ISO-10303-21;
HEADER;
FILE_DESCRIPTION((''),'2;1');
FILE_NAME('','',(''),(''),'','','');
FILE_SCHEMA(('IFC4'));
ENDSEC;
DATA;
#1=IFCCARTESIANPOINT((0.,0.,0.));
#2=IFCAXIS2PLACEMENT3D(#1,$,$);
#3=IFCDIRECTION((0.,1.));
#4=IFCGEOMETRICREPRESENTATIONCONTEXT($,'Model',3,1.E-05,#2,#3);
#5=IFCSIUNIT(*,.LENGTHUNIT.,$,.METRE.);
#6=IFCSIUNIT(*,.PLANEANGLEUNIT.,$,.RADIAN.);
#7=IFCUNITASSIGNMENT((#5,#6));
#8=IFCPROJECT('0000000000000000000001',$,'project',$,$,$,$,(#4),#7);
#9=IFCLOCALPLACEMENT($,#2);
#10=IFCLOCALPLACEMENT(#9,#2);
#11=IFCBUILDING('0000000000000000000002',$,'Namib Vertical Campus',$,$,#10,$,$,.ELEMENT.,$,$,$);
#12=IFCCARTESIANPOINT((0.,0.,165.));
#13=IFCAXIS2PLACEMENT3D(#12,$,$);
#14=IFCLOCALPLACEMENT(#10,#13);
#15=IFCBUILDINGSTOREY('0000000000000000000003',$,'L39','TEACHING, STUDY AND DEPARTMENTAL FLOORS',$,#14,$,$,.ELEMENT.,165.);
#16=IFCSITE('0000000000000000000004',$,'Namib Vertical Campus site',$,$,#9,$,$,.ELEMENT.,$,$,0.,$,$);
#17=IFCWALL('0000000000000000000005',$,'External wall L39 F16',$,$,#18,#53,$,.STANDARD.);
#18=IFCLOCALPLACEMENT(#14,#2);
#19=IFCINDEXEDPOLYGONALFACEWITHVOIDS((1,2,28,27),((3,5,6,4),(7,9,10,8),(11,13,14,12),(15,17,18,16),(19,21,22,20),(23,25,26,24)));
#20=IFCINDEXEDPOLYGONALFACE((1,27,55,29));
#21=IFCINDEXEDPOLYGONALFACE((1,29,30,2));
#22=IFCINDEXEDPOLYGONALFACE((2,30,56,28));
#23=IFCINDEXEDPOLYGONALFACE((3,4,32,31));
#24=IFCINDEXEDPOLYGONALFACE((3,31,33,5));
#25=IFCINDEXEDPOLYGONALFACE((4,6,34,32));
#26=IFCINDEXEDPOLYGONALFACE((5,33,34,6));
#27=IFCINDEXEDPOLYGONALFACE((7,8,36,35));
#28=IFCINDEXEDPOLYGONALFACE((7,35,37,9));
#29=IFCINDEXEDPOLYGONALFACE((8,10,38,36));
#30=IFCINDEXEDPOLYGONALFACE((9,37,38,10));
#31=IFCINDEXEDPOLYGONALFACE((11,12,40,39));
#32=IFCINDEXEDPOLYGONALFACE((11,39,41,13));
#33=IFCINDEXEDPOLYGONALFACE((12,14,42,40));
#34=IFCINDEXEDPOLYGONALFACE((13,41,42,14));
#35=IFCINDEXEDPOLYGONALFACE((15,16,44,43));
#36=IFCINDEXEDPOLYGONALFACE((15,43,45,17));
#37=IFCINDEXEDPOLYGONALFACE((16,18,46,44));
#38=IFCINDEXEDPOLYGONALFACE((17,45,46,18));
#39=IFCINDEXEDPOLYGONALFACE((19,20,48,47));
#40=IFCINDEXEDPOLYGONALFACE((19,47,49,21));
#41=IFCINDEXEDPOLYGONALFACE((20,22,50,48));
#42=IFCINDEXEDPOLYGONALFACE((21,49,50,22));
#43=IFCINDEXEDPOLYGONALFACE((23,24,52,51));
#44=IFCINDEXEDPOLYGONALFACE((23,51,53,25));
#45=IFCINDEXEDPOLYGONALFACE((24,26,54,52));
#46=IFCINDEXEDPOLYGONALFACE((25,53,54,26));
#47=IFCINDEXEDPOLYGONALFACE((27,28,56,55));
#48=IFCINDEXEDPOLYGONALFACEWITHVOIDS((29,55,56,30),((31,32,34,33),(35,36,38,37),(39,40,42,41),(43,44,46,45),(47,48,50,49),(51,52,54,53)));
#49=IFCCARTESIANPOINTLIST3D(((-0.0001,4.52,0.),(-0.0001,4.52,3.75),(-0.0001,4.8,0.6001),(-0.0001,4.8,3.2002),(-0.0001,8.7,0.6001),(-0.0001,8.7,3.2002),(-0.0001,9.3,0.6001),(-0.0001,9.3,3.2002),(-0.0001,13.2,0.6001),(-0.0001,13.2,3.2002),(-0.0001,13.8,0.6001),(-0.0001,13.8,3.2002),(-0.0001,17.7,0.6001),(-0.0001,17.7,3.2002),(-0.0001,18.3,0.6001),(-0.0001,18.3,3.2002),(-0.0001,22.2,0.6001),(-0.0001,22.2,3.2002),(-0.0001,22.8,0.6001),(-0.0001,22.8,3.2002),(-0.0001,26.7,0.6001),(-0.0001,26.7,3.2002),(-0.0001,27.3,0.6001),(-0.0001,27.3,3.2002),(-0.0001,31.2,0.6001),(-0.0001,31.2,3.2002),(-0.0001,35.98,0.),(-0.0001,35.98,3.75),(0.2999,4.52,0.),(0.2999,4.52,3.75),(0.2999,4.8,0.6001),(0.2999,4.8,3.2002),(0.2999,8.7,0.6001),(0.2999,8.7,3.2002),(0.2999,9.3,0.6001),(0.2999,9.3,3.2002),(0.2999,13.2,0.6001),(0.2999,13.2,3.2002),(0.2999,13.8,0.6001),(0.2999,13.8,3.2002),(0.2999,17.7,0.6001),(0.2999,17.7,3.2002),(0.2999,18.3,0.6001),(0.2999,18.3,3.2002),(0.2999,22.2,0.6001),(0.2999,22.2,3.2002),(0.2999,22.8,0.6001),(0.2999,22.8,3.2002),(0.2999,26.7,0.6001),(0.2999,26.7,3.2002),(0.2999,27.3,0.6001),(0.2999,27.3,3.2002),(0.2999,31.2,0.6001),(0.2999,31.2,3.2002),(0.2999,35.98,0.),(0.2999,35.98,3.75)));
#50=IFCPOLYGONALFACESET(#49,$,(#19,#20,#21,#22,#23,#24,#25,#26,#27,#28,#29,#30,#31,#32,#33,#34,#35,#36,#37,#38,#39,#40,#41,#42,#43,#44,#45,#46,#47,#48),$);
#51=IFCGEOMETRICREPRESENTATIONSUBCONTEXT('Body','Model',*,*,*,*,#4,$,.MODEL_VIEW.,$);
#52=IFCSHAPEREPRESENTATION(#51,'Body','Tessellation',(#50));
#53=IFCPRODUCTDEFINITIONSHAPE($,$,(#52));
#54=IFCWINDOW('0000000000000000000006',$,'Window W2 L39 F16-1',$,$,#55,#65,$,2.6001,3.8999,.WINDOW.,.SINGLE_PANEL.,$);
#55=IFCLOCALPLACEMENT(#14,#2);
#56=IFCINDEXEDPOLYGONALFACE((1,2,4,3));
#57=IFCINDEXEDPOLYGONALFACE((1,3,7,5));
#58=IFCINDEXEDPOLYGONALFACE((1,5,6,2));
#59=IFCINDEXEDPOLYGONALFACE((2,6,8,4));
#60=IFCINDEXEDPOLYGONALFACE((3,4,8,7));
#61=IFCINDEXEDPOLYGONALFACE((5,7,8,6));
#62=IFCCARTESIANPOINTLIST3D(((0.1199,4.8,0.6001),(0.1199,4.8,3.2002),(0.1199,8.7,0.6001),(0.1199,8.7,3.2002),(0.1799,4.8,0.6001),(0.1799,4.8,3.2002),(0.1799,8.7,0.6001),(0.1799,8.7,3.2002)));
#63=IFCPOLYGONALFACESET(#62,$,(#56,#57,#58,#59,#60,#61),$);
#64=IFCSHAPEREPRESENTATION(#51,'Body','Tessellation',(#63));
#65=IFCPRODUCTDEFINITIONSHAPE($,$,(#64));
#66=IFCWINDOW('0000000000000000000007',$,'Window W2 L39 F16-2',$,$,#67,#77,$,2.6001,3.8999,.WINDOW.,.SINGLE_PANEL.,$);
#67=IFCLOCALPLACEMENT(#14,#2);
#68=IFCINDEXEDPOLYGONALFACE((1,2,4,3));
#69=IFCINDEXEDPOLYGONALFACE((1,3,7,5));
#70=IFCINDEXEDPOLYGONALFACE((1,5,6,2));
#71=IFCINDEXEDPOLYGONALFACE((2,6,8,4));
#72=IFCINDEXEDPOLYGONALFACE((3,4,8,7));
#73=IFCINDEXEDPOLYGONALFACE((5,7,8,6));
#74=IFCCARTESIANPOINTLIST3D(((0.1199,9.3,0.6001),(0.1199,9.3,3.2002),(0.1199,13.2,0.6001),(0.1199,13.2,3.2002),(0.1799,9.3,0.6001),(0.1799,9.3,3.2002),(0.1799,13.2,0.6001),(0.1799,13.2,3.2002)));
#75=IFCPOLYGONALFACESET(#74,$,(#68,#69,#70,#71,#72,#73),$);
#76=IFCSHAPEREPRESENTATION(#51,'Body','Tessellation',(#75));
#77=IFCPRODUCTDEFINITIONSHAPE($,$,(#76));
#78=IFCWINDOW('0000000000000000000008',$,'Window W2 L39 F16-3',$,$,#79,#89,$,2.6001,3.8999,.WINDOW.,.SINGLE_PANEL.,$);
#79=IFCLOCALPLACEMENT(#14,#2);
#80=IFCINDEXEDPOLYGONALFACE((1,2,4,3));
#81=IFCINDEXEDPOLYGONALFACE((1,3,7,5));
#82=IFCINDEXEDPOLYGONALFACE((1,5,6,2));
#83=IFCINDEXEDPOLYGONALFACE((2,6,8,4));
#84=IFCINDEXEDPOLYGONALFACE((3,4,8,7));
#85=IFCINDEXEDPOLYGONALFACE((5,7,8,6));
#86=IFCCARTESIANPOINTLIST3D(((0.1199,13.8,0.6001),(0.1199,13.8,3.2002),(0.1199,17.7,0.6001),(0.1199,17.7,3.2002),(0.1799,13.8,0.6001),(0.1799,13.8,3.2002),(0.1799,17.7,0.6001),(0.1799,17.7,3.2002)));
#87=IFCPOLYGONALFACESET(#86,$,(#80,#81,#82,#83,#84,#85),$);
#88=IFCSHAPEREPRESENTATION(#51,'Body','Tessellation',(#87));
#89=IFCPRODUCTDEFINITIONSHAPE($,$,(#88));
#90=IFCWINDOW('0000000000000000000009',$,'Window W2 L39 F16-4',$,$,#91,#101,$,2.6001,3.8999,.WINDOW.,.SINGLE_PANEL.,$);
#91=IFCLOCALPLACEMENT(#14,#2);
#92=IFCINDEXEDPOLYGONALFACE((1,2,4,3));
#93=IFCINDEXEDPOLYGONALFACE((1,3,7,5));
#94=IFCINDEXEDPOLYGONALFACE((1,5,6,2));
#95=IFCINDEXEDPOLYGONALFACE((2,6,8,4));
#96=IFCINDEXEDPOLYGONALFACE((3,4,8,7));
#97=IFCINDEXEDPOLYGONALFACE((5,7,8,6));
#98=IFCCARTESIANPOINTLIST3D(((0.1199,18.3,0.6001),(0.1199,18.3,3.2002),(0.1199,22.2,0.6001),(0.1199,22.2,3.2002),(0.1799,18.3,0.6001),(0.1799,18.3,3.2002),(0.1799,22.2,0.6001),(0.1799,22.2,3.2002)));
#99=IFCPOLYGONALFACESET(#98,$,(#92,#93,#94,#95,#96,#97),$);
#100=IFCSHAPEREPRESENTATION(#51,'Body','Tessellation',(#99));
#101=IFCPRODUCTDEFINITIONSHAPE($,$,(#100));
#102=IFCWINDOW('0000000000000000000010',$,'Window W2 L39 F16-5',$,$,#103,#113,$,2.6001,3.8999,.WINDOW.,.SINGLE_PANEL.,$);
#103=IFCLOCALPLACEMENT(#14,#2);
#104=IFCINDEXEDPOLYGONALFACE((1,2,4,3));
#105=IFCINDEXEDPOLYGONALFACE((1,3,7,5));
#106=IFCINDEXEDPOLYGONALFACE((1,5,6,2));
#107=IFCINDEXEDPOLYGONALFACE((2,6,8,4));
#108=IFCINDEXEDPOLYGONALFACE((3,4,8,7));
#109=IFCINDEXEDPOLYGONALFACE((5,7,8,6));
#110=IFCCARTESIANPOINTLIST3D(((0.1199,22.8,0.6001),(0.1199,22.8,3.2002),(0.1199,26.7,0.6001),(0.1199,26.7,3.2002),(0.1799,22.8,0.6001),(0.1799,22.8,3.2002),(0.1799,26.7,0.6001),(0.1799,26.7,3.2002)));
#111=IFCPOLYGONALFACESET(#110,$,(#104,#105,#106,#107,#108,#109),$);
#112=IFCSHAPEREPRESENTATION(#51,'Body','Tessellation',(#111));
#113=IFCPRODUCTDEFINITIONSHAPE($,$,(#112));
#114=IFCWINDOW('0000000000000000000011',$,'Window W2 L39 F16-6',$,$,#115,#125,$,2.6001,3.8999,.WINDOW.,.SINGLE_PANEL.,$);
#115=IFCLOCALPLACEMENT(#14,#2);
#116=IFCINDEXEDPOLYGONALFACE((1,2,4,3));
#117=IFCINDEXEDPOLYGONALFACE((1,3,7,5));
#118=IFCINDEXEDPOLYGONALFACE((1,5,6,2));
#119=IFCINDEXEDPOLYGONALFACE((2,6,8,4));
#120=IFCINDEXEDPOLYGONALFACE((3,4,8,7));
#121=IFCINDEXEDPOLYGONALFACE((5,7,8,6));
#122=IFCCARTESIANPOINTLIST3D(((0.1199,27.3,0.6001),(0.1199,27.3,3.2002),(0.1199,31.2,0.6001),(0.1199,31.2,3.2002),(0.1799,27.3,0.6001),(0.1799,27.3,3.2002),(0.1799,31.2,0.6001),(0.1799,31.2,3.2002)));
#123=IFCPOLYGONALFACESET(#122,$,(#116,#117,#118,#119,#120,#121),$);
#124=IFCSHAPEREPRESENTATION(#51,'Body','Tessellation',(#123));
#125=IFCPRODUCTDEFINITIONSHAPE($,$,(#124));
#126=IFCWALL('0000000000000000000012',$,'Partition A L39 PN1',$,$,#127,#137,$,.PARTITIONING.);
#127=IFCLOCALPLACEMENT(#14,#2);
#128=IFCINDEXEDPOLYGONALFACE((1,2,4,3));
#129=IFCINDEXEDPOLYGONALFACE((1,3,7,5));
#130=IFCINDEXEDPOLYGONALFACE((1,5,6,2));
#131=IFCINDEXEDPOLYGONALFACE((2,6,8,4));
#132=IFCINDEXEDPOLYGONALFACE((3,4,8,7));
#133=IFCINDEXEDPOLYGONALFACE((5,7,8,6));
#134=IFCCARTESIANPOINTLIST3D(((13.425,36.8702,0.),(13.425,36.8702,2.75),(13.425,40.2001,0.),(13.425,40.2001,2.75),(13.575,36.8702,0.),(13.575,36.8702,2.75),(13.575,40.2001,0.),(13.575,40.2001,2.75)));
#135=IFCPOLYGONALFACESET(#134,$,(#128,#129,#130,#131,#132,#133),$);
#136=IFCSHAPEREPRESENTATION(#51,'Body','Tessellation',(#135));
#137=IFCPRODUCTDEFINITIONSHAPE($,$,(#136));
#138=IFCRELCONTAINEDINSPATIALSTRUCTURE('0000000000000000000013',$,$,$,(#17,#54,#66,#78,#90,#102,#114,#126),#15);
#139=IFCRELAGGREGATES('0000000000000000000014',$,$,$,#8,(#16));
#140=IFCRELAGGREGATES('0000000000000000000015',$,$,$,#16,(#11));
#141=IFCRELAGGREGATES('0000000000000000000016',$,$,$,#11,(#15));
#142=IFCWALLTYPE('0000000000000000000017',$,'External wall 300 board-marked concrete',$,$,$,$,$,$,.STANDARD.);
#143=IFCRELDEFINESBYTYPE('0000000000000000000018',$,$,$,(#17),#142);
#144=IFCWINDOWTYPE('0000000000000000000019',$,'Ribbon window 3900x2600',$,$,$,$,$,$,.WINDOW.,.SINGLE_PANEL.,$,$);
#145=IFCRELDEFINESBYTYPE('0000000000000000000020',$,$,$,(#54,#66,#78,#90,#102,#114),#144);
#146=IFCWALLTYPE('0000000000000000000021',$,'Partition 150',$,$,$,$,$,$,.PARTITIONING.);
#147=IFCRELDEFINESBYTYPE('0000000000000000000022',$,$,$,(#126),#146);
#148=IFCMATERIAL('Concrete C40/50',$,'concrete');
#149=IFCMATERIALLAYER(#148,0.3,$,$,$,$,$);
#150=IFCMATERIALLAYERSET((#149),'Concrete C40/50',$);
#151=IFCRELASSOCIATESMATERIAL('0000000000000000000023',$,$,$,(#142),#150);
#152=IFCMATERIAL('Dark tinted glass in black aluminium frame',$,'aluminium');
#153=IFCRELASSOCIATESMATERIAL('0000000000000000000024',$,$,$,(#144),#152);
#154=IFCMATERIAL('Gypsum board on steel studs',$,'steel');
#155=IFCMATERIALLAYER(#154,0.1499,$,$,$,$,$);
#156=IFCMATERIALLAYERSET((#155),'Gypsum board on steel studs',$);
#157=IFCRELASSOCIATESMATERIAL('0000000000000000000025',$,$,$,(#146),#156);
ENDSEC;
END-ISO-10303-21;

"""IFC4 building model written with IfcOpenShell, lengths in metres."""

from ifc_helpers import new_model, si_unit, direction, frame, frame_2d, origin, place, context, subcontext, project, spatial, rectangle, extrude, material, layer, layer_set, type_object, element, fill, save


model = new_model("IFC4")

# Units and contexts
model_context = context("Model", 3, precision=1e-05, world=origin(), true_north=direction((0.0, 1.0)))
body_context = subcontext(model_context, "Body", "Model", "MODEL_VIEW")
ifc_project = project(units=[si_unit("LENGTHUNIT", "METRE"), si_unit("PLANEANGLEUNIT", "RADIAN")], contexts=[model_context])

# Site, building, storey
site_placement = place(None, origin())
site = spatial("IfcSite", under=ifc_project, at=site_placement, Name="Namib Vertical Campus site", CompositionType="ELEMENT", RefElevation=0.0)
building_placement = place(site_placement, origin())
building = spatial("IfcBuilding", under=site, at=building_placement, Name="Namib Vertical Campus", CompositionType="ELEMENT")
storey_placement = place(building_placement, frame((0.0, 0.0, 165.0)))
storey = spatial("IfcBuildingStorey", under=building, at=storey_placement, Name="L39", Description="TEACHING, STUDY AND DEPARTMENTAL FLOORS", CompositionType="ELEMENT", Elevation=165.0)

# Shared definitions
ifc_material_1 = material(Name="Concrete C40/50", Category="concrete")
ifc_layer_1 = layer(ifc_material_1, 0.3)
ifc_layer_set_1 = layer_set([ifc_layer_1], Name="Concrete C40/50")
wall_type_1 = type_object("IfcWallType", Name="External wall 300 board-marked concrete", PredefinedType="STANDARD", material=ifc_layer_set_1)

# Wall, openings, windows
wall_1_placement = place(storey_placement, frame((0.1499, 35.98, 0.0), z_axis=(0.0, 0.0, 1.0), x_axis=(0.0, -1.0, 0.0)))
wall_1 = element("IfcWall", 1, at=wall_1_placement, inside=storey, type_object=wall_type_1, Name="External wall L39 F16", PredefinedType="STANDARD", context=body_context, shape_type="SweptSolid", body=[
    extrude(rectangle(XDim=31.46, YDim=0.3, at=frame_2d((15.73, 0.0))), origin(), (0.0, 0.0, 1.0), 3.75),
])
opening_1_placement = place(wall_1_placement, frame((27.28, 0.0, 0.6001)))
opening_1 = element("IfcOpeningElement", 2, at=opening_1_placement, cuts=wall_1, PredefinedType="OPENING", context=body_context, shape_type="SweptSolid", body=[
    extrude(rectangle(XDim=3.8999, YDim=2.6001, at=frame_2d((1.95, 1.3))), frame((0.0, 0.1599, 0.0), z_axis=(0.0, -1.0, 0.0), x_axis=(1.0, 0.0, 0.0)), (0.0, 0.0, 1.0), 0.3201),
])
opening_2_placement = place(wall_1_placement, frame((22.78, 0.0, 0.6001)))
opening_2 = element("IfcOpeningElement", 3, at=opening_2_placement, cuts=wall_1, PredefinedType="OPENING", context=body_context, shape_type="SweptSolid", body=[
    extrude(rectangle(XDim=3.8999, YDim=2.6001, at=frame_2d((1.95, 1.3))), frame((0.0, 0.1599, 0.0), z_axis=(0.0, -1.0, 0.0), x_axis=(1.0, 0.0, 0.0)), (0.0, 0.0, 1.0), 0.3201),
])
opening_3_placement = place(wall_1_placement, frame((18.28, 0.0, 0.6001)))
opening_3 = element("IfcOpeningElement", 4, at=opening_3_placement, cuts=wall_1, PredefinedType="OPENING", context=body_context, shape_type="SweptSolid", body=[
    extrude(rectangle(XDim=3.8999, YDim=2.6001, at=frame_2d((1.95, 1.3))), frame((0.0, 0.1599, 0.0), z_axis=(0.0, -1.0, 0.0), x_axis=(1.0, 0.0, 0.0)), (0.0, 0.0, 1.0), 0.3201),
])
opening_4_placement = place(wall_1_placement, frame((13.78, 0.0, 0.6001)))
opening_4 = element("IfcOpeningElement", 5, at=opening_4_placement, cuts=wall_1, PredefinedType="OPENING", context=body_context, shape_type="SweptSolid", body=[
    extrude(rectangle(XDim=3.8999, YDim=2.6001, at=frame_2d((1.95, 1.3))), frame((0.0, 0.1599, 0.0), z_axis=(0.0, -1.0, 0.0), x_axis=(1.0, 0.0, 0.0)), (0.0, 0.0, 1.0), 0.3201),
])
opening_5_placement = place(wall_1_placement, frame((9.28, 0.0, 0.6001)))
opening_5 = element("IfcOpeningElement", 6, at=opening_5_placement, cuts=wall_1, PredefinedType="OPENING", context=body_context, shape_type="SweptSolid", body=[
    extrude(rectangle(XDim=3.8999, YDim=2.6001, at=frame_2d((1.95, 1.3))), frame((0.0, 0.1599, 0.0), z_axis=(0.0, -1.0, 0.0), x_axis=(1.0, 0.0, 0.0)), (0.0, 0.0, 1.0), 0.3201),
])
opening_6_placement = place(wall_1_placement, frame((4.78, 0.0, 0.6001)))
opening_6 = element("IfcOpeningElement", 7, at=opening_6_placement, cuts=wall_1, PredefinedType="OPENING", context=body_context, shape_type="SweptSolid", body=[
    extrude(rectangle(XDim=3.8999, YDim=2.6001, at=frame_2d((1.95, 1.3))), frame((0.0, 0.1599, 0.0), z_axis=(0.0, -1.0, 0.0), x_axis=(1.0, 0.0, 0.0)), (0.0, 0.0, 1.0), 0.3201),
])
ifc_material_2 = material(Name="Dark tinted glass in black aluminium frame", Category="aluminium")
window_type = type_object("IfcWindowType", Name="Ribbon window 3900x2600", PartitioningType="SINGLE_PANEL", PredefinedType="WINDOW", material=ifc_material_2)
window_1_placement = place(opening_1_placement, origin())
window_1 = element("IfcWindow", 8, at=window_1_placement, inside=storey, type_object=window_type, Name="Window W2 L39 F16-1", OverallHeight=2.6001, OverallWidth=3.8999, PartitioningType="SINGLE_PANEL", PredefinedType="WINDOW", context=body_context, shape_type="SweptSolid", body=[
    extrude(rectangle(XDim=3.8999, YDim=2.6001, at=frame_2d((1.95, 1.3))), frame((0.0, 0.03, 0.0), z_axis=(0.0, -1.0, 0.0), x_axis=(1.0, 0.0, 0.0)), (0.0, 0.0, 1.0), 0.0601),
])
fill(opening_1, window_1)
window_2_placement = place(opening_2_placement, origin())
window_2 = element("IfcWindow", 9, at=window_2_placement, inside=storey, type_object=window_type, Name="Window W2 L39 F16-2", OverallHeight=2.6001, OverallWidth=3.8999, PartitioningType="SINGLE_PANEL", PredefinedType="WINDOW", context=body_context, shape_type="SweptSolid", body=[
    extrude(rectangle(XDim=3.8999, YDim=2.6001, at=frame_2d((1.95, 1.3))), frame((0.0, 0.03, 0.0), z_axis=(0.0, -1.0, 0.0), x_axis=(1.0, 0.0, 0.0)), (0.0, 0.0, 1.0), 0.0601),
])
fill(opening_2, window_2)
window_3_placement = place(opening_3_placement, origin())
window_3 = element("IfcWindow", 10, at=window_3_placement, inside=storey, type_object=window_type, Name="Window W2 L39 F16-3", OverallHeight=2.6001, OverallWidth=3.8999, PartitioningType="SINGLE_PANEL", PredefinedType="WINDOW", context=body_context, shape_type="SweptSolid", body=[
    extrude(rectangle(XDim=3.8999, YDim=2.6001, at=frame_2d((1.95, 1.3))), frame((0.0, 0.03, 0.0), z_axis=(0.0, -1.0, 0.0), x_axis=(1.0, 0.0, 0.0)), (0.0, 0.0, 1.0), 0.0601),
])
fill(opening_3, window_3)
window_4_placement = place(opening_4_placement, origin())
window_4 = element("IfcWindow", 11, at=window_4_placement, inside=storey, type_object=window_type, Name="Window W2 L39 F16-4", OverallHeight=2.6001, OverallWidth=3.8999, PartitioningType="SINGLE_PANEL", PredefinedType="WINDOW", context=body_context, shape_type="SweptSolid", body=[
    extrude(rectangle(XDim=3.8999, YDim=2.6001, at=frame_2d((1.95, 1.3))), frame((0.0, 0.03, 0.0), z_axis=(0.0, -1.0, 0.0), x_axis=(1.0, 0.0, 0.0)), (0.0, 0.0, 1.0), 0.0601),
])
fill(opening_4, window_4)
window_5_placement = place(opening_5_placement, origin())
window_5 = element("IfcWindow", 12, at=window_5_placement, inside=storey, type_object=window_type, Name="Window W2 L39 F16-5", OverallHeight=2.6001, OverallWidth=3.8999, PartitioningType="SINGLE_PANEL", PredefinedType="WINDOW", context=body_context, shape_type="SweptSolid", body=[
    extrude(rectangle(XDim=3.8999, YDim=2.6001, at=frame_2d((1.95, 1.3))), frame((0.0, 0.03, 0.0), z_axis=(0.0, -1.0, 0.0), x_axis=(1.0, 0.0, 0.0)), (0.0, 0.0, 1.0), 0.0601),
])
fill(opening_5, window_5)
window_6_placement = place(opening_6_placement, origin())
window_6 = element("IfcWindow", 13, at=window_6_placement, inside=storey, type_object=window_type, Name="Window W2 L39 F16-6", OverallHeight=2.6001, OverallWidth=3.8999, PartitioningType="SINGLE_PANEL", PredefinedType="WINDOW", context=body_context, shape_type="SweptSolid", body=[
    extrude(rectangle(XDim=3.8999, YDim=2.6001, at=frame_2d((1.95, 1.3))), frame((0.0, 0.03, 0.0), z_axis=(0.0, -1.0, 0.0), x_axis=(1.0, 0.0, 0.0)), (0.0, 0.0, 1.0), 0.0601),
])
fill(opening_6, window_6)

# Wall
ifc_material_3 = material(Name="Gypsum board on steel studs", Category="steel")
ifc_layer_2 = layer(ifc_material_3, 0.1499)
ifc_layer_set_2 = layer_set([ifc_layer_2], Name="Gypsum board on steel studs")
wall_type_2 = type_object("IfcWallType", Name="Partition 150", PredefinedType="PARTITIONING", material=ifc_layer_set_2)
wall_2_placement = place(storey_placement, frame((13.5, 36.8701, 0.0), z_axis=(0.0, 0.0, 1.0), x_axis=(0.0, 1.0, 0.0)))
element("IfcWall", 14, at=wall_2_placement, inside=storey, type_object=wall_type_2, Name="Partition A L39 PN1", PredefinedType="PARTITIONING", context=body_context, shape_type="SweptSolid", body=[
    extrude(rectangle(XDim=3.3298, YDim=0.1499, at=frame_2d((1.665, 0.0))), origin(), (0.0, 0.0, 1.0), 2.75),
])

save(model, "model.ifc")
